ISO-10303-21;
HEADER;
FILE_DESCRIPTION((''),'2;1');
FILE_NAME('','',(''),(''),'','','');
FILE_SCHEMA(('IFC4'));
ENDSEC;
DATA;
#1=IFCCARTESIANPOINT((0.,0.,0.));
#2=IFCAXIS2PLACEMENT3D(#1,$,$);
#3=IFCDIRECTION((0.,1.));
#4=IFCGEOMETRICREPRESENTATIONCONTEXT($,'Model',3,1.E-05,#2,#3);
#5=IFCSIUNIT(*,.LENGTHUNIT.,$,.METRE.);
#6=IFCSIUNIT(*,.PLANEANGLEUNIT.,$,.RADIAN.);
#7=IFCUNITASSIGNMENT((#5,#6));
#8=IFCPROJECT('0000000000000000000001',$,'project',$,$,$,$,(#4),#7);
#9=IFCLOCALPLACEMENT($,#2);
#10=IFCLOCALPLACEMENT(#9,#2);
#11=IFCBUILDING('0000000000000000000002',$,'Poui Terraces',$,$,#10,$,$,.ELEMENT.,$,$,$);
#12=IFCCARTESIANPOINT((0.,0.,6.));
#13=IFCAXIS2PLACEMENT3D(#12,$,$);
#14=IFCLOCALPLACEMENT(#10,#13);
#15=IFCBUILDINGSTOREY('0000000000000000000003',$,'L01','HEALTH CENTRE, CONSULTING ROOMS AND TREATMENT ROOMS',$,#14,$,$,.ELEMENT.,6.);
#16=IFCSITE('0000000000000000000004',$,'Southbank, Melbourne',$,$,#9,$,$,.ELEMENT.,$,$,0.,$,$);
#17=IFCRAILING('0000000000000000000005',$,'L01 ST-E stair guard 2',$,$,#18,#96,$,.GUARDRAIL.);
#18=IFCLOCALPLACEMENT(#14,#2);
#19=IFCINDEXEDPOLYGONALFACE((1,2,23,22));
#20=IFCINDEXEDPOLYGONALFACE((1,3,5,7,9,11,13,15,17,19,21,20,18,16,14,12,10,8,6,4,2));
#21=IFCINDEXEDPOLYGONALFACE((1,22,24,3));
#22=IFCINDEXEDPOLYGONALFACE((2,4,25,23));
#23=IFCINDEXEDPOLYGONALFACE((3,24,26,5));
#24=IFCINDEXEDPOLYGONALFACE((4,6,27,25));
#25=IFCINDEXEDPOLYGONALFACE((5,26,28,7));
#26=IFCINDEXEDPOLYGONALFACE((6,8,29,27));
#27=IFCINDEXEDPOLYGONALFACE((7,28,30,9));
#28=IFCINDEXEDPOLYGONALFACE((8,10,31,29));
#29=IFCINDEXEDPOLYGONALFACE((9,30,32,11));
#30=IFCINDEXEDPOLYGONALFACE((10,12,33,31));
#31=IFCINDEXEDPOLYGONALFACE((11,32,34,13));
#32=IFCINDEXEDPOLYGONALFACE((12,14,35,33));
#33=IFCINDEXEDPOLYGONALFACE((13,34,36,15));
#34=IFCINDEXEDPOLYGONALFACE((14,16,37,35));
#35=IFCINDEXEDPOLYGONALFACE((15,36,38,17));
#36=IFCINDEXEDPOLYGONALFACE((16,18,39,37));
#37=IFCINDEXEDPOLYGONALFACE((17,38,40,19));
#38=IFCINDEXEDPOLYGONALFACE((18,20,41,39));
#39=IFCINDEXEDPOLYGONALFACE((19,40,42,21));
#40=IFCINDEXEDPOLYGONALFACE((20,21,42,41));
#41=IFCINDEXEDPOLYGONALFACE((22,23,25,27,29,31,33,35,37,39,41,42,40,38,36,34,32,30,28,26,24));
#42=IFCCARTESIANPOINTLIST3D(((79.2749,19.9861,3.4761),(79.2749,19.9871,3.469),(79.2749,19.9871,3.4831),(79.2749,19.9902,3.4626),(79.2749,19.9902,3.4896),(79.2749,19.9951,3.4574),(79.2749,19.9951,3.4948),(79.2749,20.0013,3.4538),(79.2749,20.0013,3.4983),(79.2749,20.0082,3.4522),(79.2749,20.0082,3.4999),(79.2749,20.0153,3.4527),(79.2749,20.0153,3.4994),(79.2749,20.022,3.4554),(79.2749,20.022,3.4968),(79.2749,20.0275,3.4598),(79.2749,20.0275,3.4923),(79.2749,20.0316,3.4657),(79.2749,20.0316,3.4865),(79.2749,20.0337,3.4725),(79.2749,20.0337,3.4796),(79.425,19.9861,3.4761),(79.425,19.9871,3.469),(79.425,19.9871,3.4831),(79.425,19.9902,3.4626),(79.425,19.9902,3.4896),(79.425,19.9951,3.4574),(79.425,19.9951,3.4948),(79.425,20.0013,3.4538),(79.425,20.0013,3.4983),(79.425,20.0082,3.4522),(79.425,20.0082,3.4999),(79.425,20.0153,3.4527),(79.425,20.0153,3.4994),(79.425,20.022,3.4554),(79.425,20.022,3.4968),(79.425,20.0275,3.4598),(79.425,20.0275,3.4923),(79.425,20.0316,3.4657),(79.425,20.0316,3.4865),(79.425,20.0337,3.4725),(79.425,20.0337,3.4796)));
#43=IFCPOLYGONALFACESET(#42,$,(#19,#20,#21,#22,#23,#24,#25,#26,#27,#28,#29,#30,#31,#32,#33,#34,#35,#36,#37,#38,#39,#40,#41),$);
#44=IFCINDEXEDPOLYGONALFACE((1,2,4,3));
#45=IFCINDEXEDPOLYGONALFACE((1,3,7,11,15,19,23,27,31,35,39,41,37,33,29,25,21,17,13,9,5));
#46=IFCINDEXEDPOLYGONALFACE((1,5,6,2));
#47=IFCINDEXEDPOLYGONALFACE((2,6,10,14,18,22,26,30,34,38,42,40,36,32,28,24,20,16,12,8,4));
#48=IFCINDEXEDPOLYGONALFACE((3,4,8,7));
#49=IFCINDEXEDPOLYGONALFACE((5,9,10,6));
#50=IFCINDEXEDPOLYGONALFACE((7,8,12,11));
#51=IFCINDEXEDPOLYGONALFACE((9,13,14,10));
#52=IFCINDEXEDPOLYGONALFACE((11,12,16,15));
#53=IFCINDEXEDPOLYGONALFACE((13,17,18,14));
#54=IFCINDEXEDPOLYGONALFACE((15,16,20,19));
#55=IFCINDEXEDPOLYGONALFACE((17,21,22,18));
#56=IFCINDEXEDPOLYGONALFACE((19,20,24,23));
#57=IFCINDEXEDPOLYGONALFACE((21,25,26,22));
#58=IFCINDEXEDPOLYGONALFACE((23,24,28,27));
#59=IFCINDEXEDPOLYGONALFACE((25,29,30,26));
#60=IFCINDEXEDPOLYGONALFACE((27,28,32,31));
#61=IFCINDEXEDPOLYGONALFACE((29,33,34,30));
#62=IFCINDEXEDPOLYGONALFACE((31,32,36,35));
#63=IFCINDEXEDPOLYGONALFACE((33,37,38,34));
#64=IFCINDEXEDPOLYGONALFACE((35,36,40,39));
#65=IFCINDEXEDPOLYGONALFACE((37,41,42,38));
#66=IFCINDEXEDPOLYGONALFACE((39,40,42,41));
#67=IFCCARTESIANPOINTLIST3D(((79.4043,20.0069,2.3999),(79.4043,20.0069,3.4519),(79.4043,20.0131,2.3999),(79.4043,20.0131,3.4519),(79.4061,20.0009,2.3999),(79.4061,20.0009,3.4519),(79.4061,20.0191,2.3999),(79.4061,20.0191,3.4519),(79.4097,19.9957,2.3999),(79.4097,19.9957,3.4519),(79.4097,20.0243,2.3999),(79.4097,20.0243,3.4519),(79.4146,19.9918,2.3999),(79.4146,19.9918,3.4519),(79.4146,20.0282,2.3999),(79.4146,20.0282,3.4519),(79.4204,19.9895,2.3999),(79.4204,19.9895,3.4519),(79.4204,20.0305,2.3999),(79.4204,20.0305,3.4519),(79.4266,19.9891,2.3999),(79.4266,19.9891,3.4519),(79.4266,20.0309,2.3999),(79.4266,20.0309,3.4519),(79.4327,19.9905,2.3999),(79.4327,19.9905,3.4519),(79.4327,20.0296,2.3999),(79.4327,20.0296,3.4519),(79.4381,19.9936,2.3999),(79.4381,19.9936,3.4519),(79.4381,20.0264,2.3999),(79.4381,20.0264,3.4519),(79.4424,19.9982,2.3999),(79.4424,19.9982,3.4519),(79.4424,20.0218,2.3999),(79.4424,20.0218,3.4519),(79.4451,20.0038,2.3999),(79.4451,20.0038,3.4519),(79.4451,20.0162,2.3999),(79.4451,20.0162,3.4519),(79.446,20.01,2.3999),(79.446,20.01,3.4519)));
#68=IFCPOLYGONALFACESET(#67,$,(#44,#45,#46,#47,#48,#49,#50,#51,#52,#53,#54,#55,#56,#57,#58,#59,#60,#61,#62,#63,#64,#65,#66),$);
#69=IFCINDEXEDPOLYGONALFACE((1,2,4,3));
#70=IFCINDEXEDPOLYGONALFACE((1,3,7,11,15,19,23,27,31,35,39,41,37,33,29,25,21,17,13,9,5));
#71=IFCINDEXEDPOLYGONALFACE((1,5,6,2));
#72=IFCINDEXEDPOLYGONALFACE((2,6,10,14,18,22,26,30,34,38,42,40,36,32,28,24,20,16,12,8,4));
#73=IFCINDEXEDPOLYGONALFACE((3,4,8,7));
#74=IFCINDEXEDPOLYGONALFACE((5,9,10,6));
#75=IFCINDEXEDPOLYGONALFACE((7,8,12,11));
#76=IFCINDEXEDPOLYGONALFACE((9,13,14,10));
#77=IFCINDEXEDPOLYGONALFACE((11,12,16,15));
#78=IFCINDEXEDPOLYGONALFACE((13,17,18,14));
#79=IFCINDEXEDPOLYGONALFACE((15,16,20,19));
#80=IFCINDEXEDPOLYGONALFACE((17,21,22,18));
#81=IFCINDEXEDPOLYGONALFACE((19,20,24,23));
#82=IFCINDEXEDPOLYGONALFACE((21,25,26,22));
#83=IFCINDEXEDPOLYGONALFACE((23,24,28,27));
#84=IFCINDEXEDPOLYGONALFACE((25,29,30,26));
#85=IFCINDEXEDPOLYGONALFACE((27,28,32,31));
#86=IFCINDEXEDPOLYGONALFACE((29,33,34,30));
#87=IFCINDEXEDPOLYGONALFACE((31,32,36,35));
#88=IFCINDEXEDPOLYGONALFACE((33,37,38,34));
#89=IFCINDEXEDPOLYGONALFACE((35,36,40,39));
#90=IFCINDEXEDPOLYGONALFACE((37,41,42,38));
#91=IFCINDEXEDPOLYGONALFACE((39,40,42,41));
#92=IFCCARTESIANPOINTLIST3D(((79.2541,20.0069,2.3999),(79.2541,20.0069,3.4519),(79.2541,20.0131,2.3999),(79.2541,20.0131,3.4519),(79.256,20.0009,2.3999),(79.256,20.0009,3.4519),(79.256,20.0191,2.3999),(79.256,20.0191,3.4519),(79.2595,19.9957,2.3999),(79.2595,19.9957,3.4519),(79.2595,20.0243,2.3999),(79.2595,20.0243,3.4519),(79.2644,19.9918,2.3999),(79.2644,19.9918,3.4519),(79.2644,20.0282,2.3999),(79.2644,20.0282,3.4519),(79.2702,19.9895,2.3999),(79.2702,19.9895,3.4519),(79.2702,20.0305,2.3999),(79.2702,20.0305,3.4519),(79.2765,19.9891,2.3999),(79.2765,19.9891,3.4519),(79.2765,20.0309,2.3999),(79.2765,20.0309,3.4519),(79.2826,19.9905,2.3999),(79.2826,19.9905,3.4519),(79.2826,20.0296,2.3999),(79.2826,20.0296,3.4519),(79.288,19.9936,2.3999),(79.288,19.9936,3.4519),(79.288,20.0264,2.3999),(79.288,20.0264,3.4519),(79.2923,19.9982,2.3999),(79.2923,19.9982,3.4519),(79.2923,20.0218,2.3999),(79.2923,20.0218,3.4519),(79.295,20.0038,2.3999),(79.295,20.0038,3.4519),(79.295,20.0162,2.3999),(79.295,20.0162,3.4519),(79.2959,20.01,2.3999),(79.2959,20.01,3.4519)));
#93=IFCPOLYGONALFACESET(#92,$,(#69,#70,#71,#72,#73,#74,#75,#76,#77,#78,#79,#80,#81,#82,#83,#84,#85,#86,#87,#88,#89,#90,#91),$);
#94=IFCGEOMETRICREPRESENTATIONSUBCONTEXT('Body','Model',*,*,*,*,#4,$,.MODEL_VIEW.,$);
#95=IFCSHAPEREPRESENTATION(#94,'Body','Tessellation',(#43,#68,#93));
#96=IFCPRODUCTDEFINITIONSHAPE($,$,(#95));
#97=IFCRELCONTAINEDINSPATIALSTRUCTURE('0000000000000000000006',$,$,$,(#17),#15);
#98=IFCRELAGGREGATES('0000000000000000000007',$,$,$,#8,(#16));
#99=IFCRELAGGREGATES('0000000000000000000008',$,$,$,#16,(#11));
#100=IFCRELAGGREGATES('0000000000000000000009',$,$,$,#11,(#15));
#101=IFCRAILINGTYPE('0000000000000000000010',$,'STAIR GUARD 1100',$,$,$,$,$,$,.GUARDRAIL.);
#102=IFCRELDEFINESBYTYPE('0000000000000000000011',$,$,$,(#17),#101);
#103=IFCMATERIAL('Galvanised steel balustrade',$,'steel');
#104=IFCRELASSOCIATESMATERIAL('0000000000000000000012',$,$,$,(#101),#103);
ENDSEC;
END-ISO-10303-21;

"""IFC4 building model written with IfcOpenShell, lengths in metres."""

from ifc_helpers import new_model, si_unit, direction, frame, origin, origin_2d, place, context, subcontext, project, spatial, circle, extrude, material, type_object, element, save


model = new_model("IFC4")

# Units and contexts
model_context = context("Model", 3, precision=1e-05, world=origin(), true_north=direction((0.0, 1.0)))
body_context = subcontext(model_context, "Body", "Model", "MODEL_VIEW")
ifc_project = project(units=[si_unit("LENGTHUNIT", "METRE"), si_unit("PLANEANGLEUNIT", "RADIAN")], contexts=[model_context])

# Site, building, storey
site_placement = place(None, origin())
site = spatial("IfcSite", under=ifc_project, at=site_placement, Name="Southbank, Melbourne", CompositionType="ELEMENT", RefElevation=0.0)
building_placement = place(site_placement, origin())
building = spatial("IfcBuilding", under=site, at=building_placement, Name="Poui Terraces", CompositionType="ELEMENT")
storey_placement = place(building_placement, frame((0.0, 0.0, 6.0)))
storey = spatial("IfcBuildingStorey", under=building, at=storey_placement, Name="L01", Description="HEALTH CENTRE, CONSULTING ROOMS AND TREATMENT ROOMS", CompositionType="ELEMENT", Elevation=6.0)

# Railing
ifc_material_1 = material(Name="Galvanised steel balustrade", Category="steel")
railing_type_1 = type_object("IfcRailingType", Name="STAIR GUARD 1100", PredefinedType="GUARDRAIL", material=ifc_material_1)
for number, where, name in (
    (1, (79.425, 20.01, 2.3999), "L01 ST-E stair guard 2"),
):
    element("IfcRailing", number, at=place(storey_placement, frame(where)), inside=storey, type_object=railing_type_1, Name=name, PredefinedType="GUARDRAIL", context=body_context, shape_type="SweptSolid", body=[
        extrude(circle(Radius=0.0239, at=origin_2d()), frame((0.0, 0.0, 1.0762), z_axis=(-1.0, 0.0, 0.0), x_axis=(0.0, -1.0, 0.0)), (0.0, 0.0, 1.0), 0.1501),
        extrude(circle(Radius=0.021, at=origin_2d()), origin(), (0.0, 0.0, 1.0), 1.052),
        extrude(circle(Radius=0.021, at=origin_2d()), frame((-0.1501, 0.0, 0.0)), (0.0, 0.0, 1.0), 1.052),
    ])

save(model, "model.ifc")
